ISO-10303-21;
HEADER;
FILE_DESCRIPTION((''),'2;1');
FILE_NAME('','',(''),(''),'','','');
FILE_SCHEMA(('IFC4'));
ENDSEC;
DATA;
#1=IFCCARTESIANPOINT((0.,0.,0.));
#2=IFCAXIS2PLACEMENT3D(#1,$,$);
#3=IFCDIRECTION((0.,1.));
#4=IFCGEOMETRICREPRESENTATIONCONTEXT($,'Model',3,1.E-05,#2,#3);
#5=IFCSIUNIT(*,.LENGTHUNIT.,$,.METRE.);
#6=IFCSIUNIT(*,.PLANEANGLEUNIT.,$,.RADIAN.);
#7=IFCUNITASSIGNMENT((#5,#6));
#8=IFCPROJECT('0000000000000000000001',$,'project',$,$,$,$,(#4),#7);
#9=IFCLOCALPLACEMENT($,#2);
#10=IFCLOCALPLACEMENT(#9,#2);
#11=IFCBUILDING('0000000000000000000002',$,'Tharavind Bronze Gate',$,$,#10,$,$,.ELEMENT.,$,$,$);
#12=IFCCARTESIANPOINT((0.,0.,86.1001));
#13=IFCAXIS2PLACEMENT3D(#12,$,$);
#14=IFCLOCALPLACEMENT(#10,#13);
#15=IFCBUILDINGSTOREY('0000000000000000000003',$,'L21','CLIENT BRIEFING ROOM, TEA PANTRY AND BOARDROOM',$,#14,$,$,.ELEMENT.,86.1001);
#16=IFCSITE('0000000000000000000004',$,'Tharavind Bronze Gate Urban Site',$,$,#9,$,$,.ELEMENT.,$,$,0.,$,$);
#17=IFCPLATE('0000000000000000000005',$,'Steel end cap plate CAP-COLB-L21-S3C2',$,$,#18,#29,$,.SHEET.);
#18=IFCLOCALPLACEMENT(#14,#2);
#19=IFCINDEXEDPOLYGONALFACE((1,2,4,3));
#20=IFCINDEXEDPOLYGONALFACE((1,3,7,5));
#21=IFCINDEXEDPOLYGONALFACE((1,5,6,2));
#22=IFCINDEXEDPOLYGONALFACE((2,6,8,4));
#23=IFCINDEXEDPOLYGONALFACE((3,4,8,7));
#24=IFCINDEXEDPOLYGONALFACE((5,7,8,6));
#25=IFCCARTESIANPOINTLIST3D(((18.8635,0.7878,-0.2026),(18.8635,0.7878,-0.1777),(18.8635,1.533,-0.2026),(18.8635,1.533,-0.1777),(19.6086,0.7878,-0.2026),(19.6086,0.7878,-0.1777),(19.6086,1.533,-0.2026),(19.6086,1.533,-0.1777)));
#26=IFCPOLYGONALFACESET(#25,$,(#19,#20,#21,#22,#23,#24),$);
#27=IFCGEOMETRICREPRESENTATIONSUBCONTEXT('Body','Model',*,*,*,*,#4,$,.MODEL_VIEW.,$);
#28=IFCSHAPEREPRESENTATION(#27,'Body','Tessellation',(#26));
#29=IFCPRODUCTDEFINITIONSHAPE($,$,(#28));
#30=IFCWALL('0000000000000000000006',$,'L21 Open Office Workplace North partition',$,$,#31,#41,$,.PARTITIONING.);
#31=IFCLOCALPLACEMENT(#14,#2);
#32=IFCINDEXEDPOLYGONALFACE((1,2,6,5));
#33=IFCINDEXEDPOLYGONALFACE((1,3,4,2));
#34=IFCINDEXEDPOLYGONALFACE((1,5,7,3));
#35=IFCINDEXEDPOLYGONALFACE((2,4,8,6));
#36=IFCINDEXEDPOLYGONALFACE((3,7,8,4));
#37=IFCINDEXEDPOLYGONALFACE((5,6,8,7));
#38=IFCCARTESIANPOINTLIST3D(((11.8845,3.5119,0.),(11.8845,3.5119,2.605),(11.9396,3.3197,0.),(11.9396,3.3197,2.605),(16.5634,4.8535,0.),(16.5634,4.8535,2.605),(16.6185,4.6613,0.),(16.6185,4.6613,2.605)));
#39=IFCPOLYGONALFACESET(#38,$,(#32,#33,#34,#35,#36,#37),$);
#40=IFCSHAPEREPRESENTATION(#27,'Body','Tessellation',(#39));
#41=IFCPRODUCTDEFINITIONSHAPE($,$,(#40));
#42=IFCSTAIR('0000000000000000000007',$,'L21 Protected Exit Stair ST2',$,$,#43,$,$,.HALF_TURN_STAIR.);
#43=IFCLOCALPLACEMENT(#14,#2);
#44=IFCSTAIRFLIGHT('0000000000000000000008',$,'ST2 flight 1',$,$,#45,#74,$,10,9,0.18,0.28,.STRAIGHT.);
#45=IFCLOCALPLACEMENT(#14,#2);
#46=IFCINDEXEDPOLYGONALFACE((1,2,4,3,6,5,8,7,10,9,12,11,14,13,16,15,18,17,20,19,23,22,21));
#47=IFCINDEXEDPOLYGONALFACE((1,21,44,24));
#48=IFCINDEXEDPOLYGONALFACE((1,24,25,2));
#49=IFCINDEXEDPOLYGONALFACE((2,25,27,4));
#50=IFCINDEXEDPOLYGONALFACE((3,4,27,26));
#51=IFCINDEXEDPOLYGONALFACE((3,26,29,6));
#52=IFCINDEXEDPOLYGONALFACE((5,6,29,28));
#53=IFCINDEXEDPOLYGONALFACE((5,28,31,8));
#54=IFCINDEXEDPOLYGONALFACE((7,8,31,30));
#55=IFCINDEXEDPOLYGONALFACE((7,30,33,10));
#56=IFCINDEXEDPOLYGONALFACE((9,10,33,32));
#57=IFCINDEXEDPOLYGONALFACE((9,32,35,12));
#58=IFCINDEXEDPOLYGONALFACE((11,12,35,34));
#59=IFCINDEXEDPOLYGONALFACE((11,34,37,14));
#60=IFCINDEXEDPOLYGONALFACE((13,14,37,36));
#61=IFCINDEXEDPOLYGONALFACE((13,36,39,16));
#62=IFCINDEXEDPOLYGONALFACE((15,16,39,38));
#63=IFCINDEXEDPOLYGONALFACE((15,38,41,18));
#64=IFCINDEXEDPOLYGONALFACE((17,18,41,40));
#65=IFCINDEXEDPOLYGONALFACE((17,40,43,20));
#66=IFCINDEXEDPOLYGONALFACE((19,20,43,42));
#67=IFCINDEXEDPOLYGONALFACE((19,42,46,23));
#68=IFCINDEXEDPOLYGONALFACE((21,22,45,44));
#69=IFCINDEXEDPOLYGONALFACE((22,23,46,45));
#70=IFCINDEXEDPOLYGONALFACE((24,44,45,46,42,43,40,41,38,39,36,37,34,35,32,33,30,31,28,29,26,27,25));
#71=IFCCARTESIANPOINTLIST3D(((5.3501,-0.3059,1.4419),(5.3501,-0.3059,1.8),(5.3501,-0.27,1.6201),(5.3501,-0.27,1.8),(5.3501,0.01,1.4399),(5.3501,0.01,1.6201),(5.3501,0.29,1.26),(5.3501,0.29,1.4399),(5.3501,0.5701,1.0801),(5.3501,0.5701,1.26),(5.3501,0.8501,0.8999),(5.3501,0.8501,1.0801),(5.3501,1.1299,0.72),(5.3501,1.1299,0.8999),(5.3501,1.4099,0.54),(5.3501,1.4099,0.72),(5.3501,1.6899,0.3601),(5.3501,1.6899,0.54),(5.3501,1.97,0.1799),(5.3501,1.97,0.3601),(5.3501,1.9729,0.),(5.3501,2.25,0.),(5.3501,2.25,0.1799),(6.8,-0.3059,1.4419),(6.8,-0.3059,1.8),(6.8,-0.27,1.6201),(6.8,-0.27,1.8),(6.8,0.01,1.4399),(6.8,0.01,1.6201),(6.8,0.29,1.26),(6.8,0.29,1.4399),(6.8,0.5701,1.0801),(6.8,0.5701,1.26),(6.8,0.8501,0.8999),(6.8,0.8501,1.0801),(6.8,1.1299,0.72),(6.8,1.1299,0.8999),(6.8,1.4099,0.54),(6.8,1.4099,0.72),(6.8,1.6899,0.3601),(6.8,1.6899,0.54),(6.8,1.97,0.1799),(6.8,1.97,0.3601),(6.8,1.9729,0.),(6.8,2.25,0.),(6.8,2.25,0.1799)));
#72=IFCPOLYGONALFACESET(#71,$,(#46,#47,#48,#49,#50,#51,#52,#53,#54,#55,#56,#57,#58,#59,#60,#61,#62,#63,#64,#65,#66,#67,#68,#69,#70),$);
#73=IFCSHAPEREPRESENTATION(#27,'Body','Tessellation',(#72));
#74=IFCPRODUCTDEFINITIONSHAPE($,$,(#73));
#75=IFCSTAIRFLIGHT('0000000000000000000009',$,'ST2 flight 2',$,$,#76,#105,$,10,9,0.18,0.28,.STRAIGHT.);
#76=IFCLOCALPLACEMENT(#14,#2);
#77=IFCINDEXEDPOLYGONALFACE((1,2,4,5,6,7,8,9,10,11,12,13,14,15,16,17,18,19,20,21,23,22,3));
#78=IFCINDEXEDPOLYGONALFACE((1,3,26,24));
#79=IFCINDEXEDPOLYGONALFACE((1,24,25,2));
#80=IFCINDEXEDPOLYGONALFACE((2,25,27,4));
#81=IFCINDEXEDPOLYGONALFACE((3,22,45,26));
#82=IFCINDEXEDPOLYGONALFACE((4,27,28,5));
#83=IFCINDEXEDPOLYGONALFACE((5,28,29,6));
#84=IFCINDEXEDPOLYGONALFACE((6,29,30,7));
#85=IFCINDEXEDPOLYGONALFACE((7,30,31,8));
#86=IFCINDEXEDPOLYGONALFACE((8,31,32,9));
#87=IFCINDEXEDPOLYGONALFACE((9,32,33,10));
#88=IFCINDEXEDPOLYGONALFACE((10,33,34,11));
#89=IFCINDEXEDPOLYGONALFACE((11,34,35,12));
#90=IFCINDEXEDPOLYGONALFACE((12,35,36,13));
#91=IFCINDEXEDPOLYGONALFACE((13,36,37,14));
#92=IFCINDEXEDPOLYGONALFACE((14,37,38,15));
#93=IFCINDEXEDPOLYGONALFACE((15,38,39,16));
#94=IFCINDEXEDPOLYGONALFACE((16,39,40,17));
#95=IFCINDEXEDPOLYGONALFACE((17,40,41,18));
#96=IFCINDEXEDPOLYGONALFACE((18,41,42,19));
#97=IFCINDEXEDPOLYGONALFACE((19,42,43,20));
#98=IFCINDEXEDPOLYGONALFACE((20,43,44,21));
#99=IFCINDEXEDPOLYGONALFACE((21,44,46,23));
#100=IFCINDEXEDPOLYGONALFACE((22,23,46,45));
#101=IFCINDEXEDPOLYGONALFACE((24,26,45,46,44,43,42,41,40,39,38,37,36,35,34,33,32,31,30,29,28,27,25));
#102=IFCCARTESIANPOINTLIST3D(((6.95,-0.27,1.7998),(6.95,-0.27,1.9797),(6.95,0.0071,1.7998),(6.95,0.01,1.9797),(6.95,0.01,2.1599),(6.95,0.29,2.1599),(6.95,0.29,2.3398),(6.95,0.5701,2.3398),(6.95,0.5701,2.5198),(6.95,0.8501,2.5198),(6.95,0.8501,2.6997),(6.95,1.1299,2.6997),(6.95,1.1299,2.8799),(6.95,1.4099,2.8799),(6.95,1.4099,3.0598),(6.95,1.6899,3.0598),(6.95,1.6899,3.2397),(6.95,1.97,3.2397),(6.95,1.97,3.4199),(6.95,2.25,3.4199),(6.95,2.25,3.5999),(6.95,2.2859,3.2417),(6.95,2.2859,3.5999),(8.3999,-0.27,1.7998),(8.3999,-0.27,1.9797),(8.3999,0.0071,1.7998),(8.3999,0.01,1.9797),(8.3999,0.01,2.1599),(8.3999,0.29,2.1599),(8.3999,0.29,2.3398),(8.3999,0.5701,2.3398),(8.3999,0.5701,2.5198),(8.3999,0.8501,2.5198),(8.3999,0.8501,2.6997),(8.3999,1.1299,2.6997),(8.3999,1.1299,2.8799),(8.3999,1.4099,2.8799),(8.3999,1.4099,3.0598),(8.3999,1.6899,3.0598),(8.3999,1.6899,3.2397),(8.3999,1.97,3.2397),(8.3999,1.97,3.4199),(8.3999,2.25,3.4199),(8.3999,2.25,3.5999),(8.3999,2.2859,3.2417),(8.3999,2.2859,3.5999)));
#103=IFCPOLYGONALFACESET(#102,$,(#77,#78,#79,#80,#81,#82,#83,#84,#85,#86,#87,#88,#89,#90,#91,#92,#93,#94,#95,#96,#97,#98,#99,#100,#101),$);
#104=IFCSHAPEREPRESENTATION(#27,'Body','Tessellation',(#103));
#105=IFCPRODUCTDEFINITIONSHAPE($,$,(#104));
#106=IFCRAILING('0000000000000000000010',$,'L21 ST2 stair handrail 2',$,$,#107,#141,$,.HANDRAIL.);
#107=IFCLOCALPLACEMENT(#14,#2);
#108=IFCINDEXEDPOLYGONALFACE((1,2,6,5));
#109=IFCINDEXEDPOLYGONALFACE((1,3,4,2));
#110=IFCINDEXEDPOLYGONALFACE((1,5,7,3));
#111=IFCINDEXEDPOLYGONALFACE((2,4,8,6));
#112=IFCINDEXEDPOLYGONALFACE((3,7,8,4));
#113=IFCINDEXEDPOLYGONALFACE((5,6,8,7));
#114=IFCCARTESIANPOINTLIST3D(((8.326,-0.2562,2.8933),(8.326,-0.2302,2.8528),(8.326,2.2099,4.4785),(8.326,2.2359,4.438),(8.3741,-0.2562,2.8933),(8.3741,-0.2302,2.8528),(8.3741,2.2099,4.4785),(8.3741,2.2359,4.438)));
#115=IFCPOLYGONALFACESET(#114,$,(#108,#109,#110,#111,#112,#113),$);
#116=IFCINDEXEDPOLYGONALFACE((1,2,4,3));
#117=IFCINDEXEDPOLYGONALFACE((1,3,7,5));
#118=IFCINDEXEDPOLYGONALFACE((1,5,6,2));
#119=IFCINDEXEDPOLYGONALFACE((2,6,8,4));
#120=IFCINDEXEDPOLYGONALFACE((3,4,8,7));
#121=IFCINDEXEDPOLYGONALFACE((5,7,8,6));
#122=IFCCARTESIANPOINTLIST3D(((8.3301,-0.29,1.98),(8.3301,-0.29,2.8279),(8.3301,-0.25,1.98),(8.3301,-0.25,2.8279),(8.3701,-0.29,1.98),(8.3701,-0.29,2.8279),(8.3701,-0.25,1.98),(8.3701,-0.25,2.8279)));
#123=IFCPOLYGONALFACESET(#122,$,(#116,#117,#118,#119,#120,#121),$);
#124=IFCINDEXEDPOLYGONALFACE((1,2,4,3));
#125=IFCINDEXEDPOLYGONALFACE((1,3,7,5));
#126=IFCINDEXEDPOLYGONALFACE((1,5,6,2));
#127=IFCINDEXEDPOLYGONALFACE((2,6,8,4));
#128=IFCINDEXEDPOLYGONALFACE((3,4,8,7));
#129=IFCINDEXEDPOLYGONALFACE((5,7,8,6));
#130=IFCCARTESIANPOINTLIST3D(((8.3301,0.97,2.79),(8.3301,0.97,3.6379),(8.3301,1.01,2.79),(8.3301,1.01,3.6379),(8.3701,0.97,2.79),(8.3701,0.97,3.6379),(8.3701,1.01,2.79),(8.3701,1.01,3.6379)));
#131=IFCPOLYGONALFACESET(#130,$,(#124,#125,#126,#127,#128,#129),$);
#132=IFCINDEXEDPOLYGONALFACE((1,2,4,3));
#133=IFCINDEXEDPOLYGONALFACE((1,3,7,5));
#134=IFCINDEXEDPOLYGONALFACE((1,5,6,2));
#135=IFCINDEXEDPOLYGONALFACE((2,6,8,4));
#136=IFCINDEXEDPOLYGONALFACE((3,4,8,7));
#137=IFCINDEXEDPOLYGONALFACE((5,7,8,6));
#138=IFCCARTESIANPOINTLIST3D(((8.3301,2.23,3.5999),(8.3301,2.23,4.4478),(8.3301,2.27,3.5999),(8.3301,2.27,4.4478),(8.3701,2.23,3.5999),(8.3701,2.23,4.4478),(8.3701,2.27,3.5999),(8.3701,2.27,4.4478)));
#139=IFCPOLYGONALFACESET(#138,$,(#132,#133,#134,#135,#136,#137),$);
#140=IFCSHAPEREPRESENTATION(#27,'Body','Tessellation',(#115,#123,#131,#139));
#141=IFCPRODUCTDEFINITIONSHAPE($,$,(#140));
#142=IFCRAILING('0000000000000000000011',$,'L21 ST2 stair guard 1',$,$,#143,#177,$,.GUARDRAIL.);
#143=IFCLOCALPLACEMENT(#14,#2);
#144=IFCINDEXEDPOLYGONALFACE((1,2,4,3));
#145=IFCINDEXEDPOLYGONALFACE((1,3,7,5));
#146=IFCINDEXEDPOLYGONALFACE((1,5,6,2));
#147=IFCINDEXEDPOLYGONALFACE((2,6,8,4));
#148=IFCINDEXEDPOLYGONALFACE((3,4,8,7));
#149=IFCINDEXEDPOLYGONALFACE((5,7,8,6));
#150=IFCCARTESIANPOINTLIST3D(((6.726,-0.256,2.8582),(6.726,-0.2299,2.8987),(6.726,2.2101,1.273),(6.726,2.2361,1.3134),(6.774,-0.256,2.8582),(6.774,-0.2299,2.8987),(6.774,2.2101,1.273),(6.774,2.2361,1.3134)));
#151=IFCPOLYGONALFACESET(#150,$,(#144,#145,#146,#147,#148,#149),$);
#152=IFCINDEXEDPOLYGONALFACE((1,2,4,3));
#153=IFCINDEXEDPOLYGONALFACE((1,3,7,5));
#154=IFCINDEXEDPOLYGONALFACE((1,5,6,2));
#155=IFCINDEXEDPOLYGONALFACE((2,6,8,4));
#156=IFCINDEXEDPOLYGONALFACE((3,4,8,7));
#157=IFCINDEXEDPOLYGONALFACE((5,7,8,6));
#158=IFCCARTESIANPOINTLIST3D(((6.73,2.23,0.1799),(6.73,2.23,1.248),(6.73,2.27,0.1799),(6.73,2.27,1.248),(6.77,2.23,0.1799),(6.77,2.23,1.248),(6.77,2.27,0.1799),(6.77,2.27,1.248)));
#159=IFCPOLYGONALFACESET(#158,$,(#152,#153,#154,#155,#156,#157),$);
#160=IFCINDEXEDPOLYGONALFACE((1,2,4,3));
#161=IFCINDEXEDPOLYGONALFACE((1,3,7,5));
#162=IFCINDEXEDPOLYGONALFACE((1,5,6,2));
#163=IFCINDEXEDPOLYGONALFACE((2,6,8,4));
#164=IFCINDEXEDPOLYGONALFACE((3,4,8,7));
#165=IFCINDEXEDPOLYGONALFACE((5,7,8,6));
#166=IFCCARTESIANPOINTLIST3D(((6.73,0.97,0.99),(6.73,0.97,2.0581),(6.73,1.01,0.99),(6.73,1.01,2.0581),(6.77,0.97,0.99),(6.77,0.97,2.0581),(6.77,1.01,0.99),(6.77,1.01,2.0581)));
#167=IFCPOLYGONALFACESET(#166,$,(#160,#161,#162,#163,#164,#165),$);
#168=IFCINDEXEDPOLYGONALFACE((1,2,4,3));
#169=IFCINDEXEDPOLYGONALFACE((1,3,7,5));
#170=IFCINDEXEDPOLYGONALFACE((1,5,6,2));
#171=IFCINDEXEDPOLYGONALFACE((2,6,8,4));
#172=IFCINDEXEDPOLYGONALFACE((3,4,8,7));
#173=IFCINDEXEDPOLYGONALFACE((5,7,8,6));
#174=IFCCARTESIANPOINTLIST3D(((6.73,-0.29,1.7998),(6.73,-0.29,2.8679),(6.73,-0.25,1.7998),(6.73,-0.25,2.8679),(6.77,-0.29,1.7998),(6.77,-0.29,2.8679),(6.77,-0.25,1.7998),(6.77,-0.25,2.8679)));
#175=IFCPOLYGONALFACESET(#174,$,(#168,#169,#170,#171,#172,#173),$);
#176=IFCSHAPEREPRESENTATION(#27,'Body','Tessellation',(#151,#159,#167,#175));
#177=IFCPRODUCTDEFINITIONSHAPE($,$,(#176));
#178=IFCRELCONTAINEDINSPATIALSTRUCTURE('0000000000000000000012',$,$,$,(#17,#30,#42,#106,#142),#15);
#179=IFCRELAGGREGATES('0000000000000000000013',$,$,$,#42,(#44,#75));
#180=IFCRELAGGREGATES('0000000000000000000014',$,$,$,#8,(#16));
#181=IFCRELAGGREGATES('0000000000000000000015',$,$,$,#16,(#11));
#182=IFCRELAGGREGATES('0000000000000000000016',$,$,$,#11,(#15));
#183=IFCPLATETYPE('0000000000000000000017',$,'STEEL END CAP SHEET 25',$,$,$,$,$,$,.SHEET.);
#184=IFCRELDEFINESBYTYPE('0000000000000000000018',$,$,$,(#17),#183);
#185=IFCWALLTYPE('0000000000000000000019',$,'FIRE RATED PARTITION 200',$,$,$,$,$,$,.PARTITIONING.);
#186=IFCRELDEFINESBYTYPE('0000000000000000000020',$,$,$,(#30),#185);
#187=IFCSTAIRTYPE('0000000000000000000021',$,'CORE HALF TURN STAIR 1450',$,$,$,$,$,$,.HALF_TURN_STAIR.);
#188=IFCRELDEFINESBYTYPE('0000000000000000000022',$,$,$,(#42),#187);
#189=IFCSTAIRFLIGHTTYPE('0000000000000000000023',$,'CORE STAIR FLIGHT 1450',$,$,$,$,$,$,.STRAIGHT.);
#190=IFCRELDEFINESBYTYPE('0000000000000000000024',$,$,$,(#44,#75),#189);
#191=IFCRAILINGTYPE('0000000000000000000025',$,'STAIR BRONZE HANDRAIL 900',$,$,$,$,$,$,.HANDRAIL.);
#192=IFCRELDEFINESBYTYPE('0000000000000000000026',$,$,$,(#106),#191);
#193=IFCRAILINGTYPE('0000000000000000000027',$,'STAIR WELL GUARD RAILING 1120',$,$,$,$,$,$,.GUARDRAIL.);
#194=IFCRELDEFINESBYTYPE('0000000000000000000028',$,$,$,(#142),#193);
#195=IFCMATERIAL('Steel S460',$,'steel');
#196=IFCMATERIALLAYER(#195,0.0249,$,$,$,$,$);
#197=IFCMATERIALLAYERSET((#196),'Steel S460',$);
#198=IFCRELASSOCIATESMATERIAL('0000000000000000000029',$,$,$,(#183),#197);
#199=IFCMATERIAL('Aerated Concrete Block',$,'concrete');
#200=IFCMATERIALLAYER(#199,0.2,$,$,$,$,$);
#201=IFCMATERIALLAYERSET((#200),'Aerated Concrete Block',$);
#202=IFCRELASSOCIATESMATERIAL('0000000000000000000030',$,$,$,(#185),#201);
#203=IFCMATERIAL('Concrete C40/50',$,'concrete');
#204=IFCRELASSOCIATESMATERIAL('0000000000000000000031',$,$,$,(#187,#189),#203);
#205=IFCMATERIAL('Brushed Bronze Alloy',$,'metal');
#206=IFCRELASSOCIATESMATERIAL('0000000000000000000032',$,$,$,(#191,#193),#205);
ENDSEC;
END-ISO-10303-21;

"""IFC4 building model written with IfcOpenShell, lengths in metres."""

from ifc_helpers import new_model, si_unit, direction, frame, frame_2d, origin, origin_2d, place, context, subcontext, project, spatial, polyline, rectangle, outline, extrude, material, layer, layer_set, type_object, element, aggregate, save


model = new_model("IFC4")

# Units and contexts
model_context = context("Model", 3, precision=1e-05, world=origin(), true_north=direction((0.0, 1.0)))
body_context = subcontext(model_context, "Body", "Model", "MODEL_VIEW")
ifc_project = project(units=[si_unit("LENGTHUNIT", "METRE"), si_unit("PLANEANGLEUNIT", "RADIAN")], contexts=[model_context])

# Site, building, storey
site_placement = place(None, origin())
site = spatial("IfcSite", under=ifc_project, at=site_placement, Name="Tharavind Bronze Gate Urban Site", CompositionType="ELEMENT", RefElevation=0.0)
building_placement = place(site_placement, origin())
building = spatial("IfcBuilding", under=site, at=building_placement, Name="Tharavind Bronze Gate", CompositionType="ELEMENT")
storey_placement = place(building_placement, frame((0.0, 0.0, 86.1001)))
storey = spatial("IfcBuildingStorey", under=building, at=storey_placement, Name="L21", Description="CLIENT BRIEFING ROOM, TEA PANTRY AND BOARDROOM", CompositionType="ELEMENT", Elevation=86.1001)

# Shared definitions
ifc_material_1 = material(Name="Steel S460", Category="steel")

# Plate
ifc_layer_1 = layer(ifc_material_1, 0.0249)
ifc_layer_set_1 = layer_set([ifc_layer_1], Name="Steel S460")
plate_type_1 = type_object("IfcPlateType", Name="STEEL END CAP SHEET 25", PredefinedType="SHEET", material=ifc_layer_set_1)
plate_1_placement = place(storey_placement, frame((19.2361, 1.1604, -0.2026), z_axis=(0.0, 0.0, 1.0), x_axis=(1.0, 0.0, 0.0)))
element("IfcPlate", 1, at=plate_1_placement, inside=storey, type_object=plate_type_1, Name="Steel end cap plate CAP-COLB-L21-S3C2", PredefinedType="SHEET", context=body_context, shape_type="SweptSolid", body=[
    extrude(rectangle(XDim=0.7451, YDim=0.7451, at=origin_2d()), origin(), (0.0, 0.0, 1.0), 0.0249),
])

# Wall
ifc_material_2 = material(Name="Aerated Concrete Block", Category="concrete")
ifc_layer_2 = layer(ifc_material_2, 0.2)
ifc_layer_set_2 = layer_set([ifc_layer_2], Name="Aerated Concrete Block")
wall_type = type_object("IfcWallType", Name="FIRE RATED PARTITION 200", PredefinedType="PARTITIONING", material=ifc_layer_set_2)
wall_1_placement = place(storey_placement, frame((16.5908, 4.7573, 0.0), z_axis=(0.0, 0.0, 1.0), x_axis=(-0.961268, -0.275615, 0.0)))
element("IfcWall", 2, at=wall_1_placement, inside=storey, type_object=wall_type, Name="L21 Open Office Workplace North partition", PredefinedType="PARTITIONING", context=body_context, shape_type="SweptSolid", body=[
    extrude(rectangle(XDim=4.8674, YDim=0.2, at=frame_2d((2.4336, 0.0))), origin(), (0.0, 0.0, 1.0), 2.605),
])

# Stair, stair flights
ifc_material_3 = material(Name="Concrete C40/50", Category="concrete")
stair_type = type_object("IfcStairType", Name="CORE HALF TURN STAIR 1450", PredefinedType="HALF_TURN_STAIR", material=ifc_material_3)
stair_placement = place(storey_placement, origin())
stair = element("IfcStair", 3, at=stair_placement, inside=storey, type_object=stair_type, Name="L21 Protected Exit Stair ST2", PredefinedType="HALF_TURN_STAIR")
stair_flight_type = type_object("IfcStairFlightType", Name="CORE STAIR FLIGHT 1450", PredefinedType="STRAIGHT", material=ifc_material_3)
stair_flight_1_placement = place(storey_placement, frame((6.075, 2.25, 0.0), z_axis=(0.0, 0.0, 1.0), x_axis=(0.0, -1.0, 0.0)))
stair_flight_1 = element("IfcStairFlight", 4, at=stair_flight_1_placement, type_object=stair_flight_type, Name="ST2 flight 1", NumberOfRisers=10, NumberOfTreads=9, PredefinedType="STRAIGHT", RiserHeight=0.18, TreadLength=0.28, context=body_context, shape_type="SweptSolid", body=[
    extrude(outline(polyline([(0.0, 0.0), (0.0, 0.1799), (0.28, 0.1799), (0.28, 0.3601), (0.5601, 0.3601), (0.5601, 0.54), (0.8401, 0.54), (0.8401, 0.72), (1.1201, 0.72), (1.1201, 0.8999), (1.3999, 0.8999), (1.3999, 1.0801), (1.6799, 1.0801), (1.6799, 1.26), (1.96, 1.26), (1.96, 1.4399), (2.24, 1.4399), (2.24, 1.6201), (2.52, 1.6201), (2.52, 1.8), (2.5559, 1.8), (2.5559, 1.4419), (0.2771, 0.0), (0.0, 0.0)])), frame((0.0, 0.7251, 0.0), z_axis=(0.0, -1.0, 0.0), x_axis=(1.0, 0.0, 0.0)), (0.0, 0.0, 1.0), 1.45),
])
stair_flight_2_placement = place(storey_placement, frame((7.675, -0.27, 1.7998), z_axis=(0.0, 0.0, 1.0), x_axis=(0.0, 1.0, 0.0)))
stair_flight_2 = element("IfcStairFlight", 5, at=stair_flight_2_placement, type_object=stair_flight_type, Name="ST2 flight 2", NumberOfRisers=10, NumberOfTreads=9, PredefinedType="STRAIGHT", RiserHeight=0.18, TreadLength=0.28, context=body_context, shape_type="SweptSolid", body=[
    extrude(outline(polyline([(0.0, 0.0), (0.0, 0.1799), (0.28, 0.1799), (0.28, 0.3601), (0.5601, 0.3601), (0.5601, 0.54), (0.8401, 0.54), (0.8401, 0.72), (1.1201, 0.72), (1.1201, 0.8999), (1.3999, 0.8999), (1.3999, 1.0801), (1.6799, 1.0801), (1.6799, 1.26), (1.96, 1.26), (1.96, 1.4399), (2.24, 1.4399), (2.24, 1.6201), (2.52, 1.6201), (2.52, 1.8), (2.5559, 1.8), (2.5559, 1.4419), (0.2771, 0.0), (0.0, 0.0)])), frame((0.0, 0.7251, 0.0), z_axis=(0.0, -1.0, 0.0), x_axis=(1.0, 0.0, 0.0)), (0.0, 0.0, 1.0), 1.45),
])
aggregate(stair, [stair_flight_1, stair_flight_2])

# Railings
ifc_material_4 = material(Name="Brushed Bronze Alloy", Category="metal")
railing_type_1 = type_object("IfcRailingType", Name="STAIR BRONZE HANDRAIL 900", PredefinedType="HANDRAIL", material=ifc_material_4)
railing_1_placement = place(storey_placement, frame((8.3501, -0.27, 1.98)))
element("IfcRailing", 6, at=railing_1_placement, inside=storey, type_object=railing_type_1, Name="L21 ST2 stair handrail 2", PredefinedType="HANDRAIL", context=body_context, shape_type="SweptSolid", body=[
    extrude(rectangle(XDim=0.0481, YDim=0.0481, at=origin_2d()), frame((0.0, 0.0269, 0.8931), z_axis=(0.0, 0.8412, 0.540725), x_axis=(-1.0, 0.0, 0.0)), (0.0, 0.0, 1.0), 2.9316),
    extrude(rectangle(XDim=0.04, YDim=0.04, at=origin_2d()), origin(), (0.0, 0.0, 1.0), 0.8479),
    extrude(rectangle(XDim=0.04, YDim=0.04, at=origin_2d()), frame((0.0, 1.26, 0.8101)), (0.0, 0.0, 1.0), 0.8479),
    extrude(rectangle(XDim=0.04, YDim=0.04, at=origin_2d()), frame((0.0, 2.52, 1.6199)), (0.0, 0.0, 1.0), 0.8479),
])
railing_type_2 = type_object("IfcRailingType", Name="STAIR WELL GUARD RAILING 1120", PredefinedType="GUARDRAIL", material=ifc_material_4)
railing_2_placement = place(storey_placement, frame((6.75, 2.25, 0.1799)))
element("IfcRailing", 7, at=railing_2_placement, inside=storey, type_object=railing_type_2, Name="L21 ST2 stair guard 1", PredefinedType="GUARDRAIL", context=body_context, shape_type="SweptSolid", body=[
    extrude(rectangle(XDim=0.0481, YDim=0.0481, at=origin_2d()), frame((0.0, -0.0269, 1.1133), z_axis=(0.0, -0.8412, 0.540725), x_axis=(1.0, 0.0, 0.0)), (0.0, 0.0, 1.0), 2.9316),
    extrude(rectangle(XDim=0.04, YDim=0.04, at=origin_2d()), origin(), (0.0, 0.0, 1.0), 1.0681),
    extrude(rectangle(XDim=0.04, YDim=0.04, at=origin_2d()), frame((0.0, -1.26, 0.8101)), (0.0, 0.0, 1.0), 1.0681),
    extrude(rectangle(XDim=0.04, YDim=0.04, at=origin_2d()), frame((0.0, -2.52, 1.6199)), (0.0, 0.0, 1.0), 1.0681),
])

save(model, "model.ifc")
